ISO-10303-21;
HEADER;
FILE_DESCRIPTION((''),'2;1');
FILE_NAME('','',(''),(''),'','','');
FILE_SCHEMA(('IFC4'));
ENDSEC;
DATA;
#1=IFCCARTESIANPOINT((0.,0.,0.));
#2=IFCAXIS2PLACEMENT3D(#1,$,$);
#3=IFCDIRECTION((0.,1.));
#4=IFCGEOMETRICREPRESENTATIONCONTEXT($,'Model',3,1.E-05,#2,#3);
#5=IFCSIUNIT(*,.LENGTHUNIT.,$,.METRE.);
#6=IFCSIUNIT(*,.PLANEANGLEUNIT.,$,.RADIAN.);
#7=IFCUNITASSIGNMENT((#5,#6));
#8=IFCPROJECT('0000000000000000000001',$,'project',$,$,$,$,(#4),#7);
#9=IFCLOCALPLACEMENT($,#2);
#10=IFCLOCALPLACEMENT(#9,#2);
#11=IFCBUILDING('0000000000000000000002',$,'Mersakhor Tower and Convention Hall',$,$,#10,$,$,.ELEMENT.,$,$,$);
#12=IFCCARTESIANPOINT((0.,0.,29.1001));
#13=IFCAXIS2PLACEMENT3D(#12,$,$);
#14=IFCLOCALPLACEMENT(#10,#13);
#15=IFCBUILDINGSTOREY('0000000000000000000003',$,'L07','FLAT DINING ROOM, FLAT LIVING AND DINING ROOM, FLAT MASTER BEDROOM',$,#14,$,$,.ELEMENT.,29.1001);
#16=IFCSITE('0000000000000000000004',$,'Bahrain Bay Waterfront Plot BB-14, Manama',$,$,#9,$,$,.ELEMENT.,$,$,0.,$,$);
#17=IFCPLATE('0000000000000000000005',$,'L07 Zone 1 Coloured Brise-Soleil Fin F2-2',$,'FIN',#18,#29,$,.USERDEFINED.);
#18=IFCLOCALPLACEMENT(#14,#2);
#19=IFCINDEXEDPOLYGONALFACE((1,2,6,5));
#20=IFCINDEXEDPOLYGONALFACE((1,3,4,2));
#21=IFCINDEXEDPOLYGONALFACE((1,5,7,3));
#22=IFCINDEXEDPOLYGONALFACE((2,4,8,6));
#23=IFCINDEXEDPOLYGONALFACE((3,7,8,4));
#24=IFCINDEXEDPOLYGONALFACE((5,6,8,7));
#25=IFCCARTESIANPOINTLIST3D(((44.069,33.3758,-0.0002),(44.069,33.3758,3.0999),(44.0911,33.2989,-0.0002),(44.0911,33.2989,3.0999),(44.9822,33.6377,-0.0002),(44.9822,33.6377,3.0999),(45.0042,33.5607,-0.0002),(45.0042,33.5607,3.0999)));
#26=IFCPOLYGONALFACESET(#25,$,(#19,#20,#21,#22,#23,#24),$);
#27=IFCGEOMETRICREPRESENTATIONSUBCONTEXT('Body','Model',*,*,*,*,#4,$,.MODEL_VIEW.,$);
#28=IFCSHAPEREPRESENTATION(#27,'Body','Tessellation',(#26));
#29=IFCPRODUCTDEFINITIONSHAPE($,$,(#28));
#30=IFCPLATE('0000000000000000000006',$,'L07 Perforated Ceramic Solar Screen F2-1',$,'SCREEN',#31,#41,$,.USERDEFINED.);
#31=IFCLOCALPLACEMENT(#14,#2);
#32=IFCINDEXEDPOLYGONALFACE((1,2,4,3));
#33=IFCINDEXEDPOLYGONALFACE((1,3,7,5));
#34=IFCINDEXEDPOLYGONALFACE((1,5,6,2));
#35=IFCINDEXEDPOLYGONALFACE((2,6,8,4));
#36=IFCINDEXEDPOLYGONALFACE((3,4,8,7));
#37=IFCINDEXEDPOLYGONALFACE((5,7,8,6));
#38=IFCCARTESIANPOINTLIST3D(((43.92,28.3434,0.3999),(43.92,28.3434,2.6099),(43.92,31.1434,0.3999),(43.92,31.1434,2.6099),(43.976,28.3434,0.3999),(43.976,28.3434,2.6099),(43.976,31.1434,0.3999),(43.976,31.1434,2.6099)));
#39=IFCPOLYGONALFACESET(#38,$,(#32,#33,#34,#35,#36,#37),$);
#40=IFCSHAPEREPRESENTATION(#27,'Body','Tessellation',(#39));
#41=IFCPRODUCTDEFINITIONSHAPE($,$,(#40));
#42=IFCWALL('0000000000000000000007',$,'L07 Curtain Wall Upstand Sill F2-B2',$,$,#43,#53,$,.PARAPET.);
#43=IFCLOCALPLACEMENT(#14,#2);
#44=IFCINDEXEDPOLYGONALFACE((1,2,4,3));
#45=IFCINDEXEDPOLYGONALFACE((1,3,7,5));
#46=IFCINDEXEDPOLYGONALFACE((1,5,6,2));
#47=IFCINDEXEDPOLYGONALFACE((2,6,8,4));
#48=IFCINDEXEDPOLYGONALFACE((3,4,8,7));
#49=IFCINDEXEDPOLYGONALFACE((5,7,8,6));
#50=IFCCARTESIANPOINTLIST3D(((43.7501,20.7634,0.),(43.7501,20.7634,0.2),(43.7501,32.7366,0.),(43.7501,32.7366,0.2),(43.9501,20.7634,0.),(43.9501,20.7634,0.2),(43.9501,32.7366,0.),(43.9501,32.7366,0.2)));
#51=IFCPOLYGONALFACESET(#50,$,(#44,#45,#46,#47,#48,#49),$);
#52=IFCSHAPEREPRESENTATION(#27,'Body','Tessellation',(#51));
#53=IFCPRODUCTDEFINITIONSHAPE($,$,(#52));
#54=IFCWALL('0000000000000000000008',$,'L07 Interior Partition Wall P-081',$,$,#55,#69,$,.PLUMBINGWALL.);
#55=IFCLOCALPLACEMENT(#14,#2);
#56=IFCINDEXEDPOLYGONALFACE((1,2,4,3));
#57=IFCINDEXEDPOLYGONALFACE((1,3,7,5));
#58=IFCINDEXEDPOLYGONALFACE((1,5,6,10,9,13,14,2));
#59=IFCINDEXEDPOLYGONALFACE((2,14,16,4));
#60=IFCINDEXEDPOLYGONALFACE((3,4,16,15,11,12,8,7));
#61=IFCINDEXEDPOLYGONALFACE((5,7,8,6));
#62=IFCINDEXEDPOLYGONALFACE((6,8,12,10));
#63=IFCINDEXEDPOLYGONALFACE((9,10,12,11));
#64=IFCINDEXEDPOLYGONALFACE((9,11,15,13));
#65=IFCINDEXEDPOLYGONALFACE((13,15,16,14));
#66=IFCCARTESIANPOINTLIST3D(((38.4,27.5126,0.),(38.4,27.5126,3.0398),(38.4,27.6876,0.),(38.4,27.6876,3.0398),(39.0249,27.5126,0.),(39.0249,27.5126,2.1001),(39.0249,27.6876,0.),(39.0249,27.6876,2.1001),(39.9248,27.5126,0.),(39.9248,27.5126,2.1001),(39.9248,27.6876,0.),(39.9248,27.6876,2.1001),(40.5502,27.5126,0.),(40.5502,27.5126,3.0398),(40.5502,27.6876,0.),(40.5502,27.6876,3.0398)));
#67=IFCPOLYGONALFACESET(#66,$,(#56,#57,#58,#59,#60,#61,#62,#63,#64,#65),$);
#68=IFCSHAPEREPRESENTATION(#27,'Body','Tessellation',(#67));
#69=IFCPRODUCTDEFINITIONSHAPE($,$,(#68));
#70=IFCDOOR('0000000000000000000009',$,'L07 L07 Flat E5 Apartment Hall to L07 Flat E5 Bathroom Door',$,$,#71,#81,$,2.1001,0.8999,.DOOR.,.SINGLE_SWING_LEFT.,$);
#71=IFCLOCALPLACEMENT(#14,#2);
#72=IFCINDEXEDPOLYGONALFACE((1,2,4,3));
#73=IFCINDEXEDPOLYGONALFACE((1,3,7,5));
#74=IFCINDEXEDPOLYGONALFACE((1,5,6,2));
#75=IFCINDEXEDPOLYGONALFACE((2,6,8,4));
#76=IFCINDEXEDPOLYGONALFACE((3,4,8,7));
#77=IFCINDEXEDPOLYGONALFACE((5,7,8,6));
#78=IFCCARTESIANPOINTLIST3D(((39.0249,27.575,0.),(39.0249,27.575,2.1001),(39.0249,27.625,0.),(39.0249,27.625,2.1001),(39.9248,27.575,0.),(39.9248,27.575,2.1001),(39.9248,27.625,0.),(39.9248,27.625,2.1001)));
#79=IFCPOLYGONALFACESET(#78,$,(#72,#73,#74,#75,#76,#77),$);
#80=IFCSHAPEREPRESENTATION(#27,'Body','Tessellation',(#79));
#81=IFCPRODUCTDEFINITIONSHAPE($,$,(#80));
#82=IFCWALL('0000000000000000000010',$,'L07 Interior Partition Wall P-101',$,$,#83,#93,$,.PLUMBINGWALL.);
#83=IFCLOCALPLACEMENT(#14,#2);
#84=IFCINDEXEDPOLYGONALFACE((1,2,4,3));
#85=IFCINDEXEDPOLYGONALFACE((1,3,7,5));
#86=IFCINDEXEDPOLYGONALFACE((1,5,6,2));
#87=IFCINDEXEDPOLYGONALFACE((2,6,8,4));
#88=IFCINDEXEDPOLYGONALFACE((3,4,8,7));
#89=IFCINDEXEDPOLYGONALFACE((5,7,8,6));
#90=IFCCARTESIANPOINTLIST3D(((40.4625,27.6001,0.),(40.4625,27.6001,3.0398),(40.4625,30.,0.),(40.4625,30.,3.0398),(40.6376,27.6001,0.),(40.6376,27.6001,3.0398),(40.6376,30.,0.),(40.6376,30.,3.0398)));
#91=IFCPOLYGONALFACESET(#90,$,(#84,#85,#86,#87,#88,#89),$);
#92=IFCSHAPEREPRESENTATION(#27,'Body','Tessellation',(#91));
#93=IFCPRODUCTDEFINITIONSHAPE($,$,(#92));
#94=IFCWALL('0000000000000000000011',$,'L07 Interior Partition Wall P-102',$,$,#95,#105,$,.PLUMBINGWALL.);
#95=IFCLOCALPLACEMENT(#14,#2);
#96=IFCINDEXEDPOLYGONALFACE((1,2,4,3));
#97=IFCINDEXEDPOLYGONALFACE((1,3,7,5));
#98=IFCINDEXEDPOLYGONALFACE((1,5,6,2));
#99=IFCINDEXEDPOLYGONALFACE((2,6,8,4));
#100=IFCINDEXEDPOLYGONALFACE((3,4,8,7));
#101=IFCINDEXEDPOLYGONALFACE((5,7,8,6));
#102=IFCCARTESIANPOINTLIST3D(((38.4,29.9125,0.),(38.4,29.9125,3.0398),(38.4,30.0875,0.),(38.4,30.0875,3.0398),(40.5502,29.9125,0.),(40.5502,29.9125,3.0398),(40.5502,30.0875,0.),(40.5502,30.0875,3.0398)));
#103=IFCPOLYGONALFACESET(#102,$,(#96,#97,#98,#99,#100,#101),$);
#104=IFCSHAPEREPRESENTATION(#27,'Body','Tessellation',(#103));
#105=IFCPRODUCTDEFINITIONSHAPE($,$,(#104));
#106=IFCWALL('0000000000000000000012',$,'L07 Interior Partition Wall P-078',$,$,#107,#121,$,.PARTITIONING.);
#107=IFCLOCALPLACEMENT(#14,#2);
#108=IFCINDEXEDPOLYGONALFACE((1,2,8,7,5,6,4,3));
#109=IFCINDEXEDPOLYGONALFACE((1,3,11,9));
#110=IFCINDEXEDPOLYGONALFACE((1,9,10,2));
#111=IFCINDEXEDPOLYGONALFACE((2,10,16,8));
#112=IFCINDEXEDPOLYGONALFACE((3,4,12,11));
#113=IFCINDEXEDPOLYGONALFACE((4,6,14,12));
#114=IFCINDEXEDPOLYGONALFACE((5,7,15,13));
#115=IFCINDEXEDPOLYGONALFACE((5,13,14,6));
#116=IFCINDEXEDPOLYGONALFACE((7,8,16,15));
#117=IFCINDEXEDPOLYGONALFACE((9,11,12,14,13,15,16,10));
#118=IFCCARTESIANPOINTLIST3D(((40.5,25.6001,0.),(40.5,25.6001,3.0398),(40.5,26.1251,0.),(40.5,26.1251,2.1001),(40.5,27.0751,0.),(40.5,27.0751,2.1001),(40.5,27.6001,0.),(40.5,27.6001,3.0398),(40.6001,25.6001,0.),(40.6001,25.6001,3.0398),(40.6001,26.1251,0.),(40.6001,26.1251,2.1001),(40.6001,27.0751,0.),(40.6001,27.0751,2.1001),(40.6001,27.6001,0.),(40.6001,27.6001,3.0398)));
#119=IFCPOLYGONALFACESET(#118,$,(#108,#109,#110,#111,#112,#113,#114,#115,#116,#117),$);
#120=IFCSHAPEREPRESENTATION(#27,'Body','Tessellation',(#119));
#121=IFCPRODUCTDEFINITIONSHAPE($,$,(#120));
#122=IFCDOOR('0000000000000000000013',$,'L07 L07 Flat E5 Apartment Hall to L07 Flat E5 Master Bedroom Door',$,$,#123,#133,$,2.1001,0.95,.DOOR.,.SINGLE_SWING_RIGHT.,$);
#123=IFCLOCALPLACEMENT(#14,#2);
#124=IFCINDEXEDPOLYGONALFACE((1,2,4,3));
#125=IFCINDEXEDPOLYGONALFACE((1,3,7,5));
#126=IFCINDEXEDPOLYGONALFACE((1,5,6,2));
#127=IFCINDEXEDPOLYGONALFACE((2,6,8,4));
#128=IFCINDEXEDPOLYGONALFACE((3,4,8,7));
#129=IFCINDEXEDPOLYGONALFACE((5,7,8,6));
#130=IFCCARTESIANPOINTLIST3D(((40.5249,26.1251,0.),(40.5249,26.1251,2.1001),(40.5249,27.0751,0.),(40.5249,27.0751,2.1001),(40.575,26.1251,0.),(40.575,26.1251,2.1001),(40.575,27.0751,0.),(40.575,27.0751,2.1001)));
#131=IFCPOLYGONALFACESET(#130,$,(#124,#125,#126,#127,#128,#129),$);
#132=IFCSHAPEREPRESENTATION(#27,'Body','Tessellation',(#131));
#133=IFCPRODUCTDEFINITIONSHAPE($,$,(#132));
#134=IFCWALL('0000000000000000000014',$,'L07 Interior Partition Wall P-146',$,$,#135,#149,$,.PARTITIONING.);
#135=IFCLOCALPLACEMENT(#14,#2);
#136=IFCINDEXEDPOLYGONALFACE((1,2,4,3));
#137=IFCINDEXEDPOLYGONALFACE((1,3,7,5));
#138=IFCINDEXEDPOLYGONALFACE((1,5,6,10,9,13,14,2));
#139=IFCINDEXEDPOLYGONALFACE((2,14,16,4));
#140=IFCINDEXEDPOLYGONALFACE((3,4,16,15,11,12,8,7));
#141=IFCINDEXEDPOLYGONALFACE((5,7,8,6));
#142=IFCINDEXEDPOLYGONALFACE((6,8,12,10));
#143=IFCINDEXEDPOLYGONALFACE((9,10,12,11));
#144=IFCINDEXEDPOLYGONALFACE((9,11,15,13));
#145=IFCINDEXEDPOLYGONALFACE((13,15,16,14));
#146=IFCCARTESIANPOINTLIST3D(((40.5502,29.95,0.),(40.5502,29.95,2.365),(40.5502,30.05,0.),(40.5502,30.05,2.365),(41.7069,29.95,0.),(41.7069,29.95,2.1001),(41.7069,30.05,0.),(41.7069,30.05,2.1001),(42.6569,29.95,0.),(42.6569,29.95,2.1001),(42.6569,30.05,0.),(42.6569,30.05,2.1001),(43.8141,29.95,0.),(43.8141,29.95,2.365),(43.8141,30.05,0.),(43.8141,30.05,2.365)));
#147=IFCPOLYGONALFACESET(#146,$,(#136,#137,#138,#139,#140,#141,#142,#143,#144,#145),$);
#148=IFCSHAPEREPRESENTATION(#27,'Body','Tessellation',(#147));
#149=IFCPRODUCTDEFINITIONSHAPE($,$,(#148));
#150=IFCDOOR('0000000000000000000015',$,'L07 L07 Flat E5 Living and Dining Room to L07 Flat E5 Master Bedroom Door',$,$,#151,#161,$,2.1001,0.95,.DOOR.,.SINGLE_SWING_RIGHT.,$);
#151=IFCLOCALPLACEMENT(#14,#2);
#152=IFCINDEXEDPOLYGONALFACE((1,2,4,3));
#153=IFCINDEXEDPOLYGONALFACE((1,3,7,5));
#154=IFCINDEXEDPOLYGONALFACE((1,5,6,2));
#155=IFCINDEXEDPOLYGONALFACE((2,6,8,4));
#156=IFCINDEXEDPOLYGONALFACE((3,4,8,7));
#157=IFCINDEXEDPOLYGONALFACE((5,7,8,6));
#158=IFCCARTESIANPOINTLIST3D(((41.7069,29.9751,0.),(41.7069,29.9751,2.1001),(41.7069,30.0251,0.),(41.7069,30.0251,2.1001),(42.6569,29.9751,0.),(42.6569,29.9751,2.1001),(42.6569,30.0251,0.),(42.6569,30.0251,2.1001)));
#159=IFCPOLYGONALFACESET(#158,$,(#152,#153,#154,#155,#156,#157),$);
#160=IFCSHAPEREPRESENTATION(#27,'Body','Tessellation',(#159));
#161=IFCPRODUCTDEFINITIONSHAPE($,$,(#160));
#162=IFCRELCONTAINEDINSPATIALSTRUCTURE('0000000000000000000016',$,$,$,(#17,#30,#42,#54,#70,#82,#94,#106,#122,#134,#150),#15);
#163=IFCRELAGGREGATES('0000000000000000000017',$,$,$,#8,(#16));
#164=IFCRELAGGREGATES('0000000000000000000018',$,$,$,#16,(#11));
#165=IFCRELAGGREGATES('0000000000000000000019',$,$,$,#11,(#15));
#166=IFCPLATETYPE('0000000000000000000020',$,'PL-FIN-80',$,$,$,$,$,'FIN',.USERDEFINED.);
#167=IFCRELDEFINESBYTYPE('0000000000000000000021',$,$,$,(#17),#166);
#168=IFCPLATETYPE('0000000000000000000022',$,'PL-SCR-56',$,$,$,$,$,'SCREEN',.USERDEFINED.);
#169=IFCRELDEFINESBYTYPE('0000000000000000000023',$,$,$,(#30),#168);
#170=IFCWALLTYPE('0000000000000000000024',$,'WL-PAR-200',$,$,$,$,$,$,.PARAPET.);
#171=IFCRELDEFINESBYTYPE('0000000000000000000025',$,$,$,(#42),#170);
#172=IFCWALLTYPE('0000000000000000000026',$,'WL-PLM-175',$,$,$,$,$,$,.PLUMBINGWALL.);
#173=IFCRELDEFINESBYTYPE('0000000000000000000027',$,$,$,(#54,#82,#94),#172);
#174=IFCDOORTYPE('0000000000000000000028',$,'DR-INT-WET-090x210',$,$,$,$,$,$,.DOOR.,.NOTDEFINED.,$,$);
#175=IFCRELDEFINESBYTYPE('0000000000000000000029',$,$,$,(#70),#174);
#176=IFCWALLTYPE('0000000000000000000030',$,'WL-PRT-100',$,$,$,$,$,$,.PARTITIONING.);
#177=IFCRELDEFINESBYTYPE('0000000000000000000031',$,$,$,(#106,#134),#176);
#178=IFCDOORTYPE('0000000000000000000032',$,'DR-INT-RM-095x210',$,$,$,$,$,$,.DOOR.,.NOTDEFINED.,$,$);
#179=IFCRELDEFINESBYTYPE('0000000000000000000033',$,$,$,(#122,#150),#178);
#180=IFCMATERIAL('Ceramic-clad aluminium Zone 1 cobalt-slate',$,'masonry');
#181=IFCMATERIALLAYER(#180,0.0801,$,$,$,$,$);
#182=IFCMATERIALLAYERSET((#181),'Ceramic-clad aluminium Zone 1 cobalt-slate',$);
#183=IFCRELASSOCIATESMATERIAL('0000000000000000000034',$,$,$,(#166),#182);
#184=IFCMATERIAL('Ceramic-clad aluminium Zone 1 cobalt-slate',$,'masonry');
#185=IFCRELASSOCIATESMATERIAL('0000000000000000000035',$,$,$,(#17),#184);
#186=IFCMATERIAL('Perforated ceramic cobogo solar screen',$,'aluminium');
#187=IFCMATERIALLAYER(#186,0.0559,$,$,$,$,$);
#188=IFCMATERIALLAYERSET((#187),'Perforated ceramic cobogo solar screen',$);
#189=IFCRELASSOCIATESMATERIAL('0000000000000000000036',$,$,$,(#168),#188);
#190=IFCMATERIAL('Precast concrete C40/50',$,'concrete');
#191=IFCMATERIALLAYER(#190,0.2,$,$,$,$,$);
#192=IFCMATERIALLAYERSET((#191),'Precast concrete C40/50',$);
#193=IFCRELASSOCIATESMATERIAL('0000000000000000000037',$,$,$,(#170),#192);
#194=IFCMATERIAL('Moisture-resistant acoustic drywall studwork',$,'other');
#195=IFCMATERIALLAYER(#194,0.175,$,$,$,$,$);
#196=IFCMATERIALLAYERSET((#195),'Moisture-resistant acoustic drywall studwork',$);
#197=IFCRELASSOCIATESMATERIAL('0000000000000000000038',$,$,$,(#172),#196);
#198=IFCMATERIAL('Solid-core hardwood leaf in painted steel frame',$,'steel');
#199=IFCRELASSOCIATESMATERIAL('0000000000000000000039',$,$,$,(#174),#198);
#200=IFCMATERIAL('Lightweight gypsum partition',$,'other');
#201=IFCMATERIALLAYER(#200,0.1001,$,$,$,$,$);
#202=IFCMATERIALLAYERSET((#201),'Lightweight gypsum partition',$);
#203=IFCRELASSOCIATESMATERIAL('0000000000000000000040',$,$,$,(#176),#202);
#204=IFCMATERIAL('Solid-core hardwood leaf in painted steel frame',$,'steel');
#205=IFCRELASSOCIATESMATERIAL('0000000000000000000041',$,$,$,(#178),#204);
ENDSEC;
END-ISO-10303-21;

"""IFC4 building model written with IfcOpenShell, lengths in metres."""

from ifc_helpers import new_model, si_unit, direction, frame, frame_2d, origin, origin_2d, place, context, subcontext, project, spatial, rectangle, extrude, material, layer, layer_set, type_object, element, fill, save


model = new_model("IFC4")

# Units and contexts
model_context = context("Model", 3, precision=1e-05, world=origin(), true_north=direction((0.0, 1.0)))
body_context = subcontext(model_context, "Body", "Model", "MODEL_VIEW")
ifc_project = project(units=[si_unit("LENGTHUNIT", "METRE"), si_unit("PLANEANGLEUNIT", "RADIAN")], contexts=[model_context])

# Site, building, storey
site_placement = place(None, origin())
site = spatial("IfcSite", under=ifc_project, at=site_placement, Name="Bahrain Bay Waterfront Plot BB-14, Manama", CompositionType="ELEMENT", RefElevation=0.0)
building_placement = place(site_placement, origin())
building = spatial("IfcBuilding", under=site, at=building_placement, Name="Mersakhor Tower and Convention Hall", CompositionType="ELEMENT")
storey_placement = place(building_placement, frame((0.0, 0.0, 29.1001)))
storey = spatial("IfcBuildingStorey", under=building, at=storey_placement, Name="L07", Description="FLAT DINING ROOM, FLAT LIVING AND DINING ROOM, FLAT MASTER BEDROOM", CompositionType="ELEMENT", Elevation=29.1001)

# Plates
ifc_material_1 = material(Name="Ceramic-clad aluminium Zone 1 cobalt-slate", Category="masonry")
ifc_material_2 = material(Name="Ceramic-clad aluminium Zone 1 cobalt-slate", Category="masonry")
ifc_layer_1 = layer(ifc_material_2, 0.0801)
ifc_layer_set_1 = layer_set([ifc_layer_1], Name="Ceramic-clad aluminium Zone 1 cobalt-slate")
plate_type_1 = type_object("IfcPlateType", Name="PL-FIN-80", ElementType="FIN", PredefinedType="USERDEFINED", material=ifc_layer_set_1)
plate_1_placement = place(storey_placement, frame((44.5366, 33.4683, -0.0002), z_axis=(0.0, 0.0, 1.0), x_axis=(0.961262, 0.275637, 0.0)))
element("IfcPlate", 1, at=plate_1_placement, inside=storey, type_object=plate_type_1, material=ifc_material_1, Name="L07 Zone 1 Coloured Brise-Soleil Fin F2-2", ObjectType="FIN", PredefinedType="USERDEFINED", context=body_context, shape_type="SweptSolid", body=[
    extrude(rectangle(XDim=0.95, YDim=0.0801, at=origin_2d()), origin(), (0.0, 0.0, 1.0), 3.1001),
])
ifc_material_3 = material(Name="Perforated ceramic cobogo solar screen", Category="aluminium")
ifc_layer_2 = layer(ifc_material_3, 0.0559)
ifc_layer_set_2 = layer_set([ifc_layer_2], Name="Perforated ceramic cobogo solar screen")
plate_type_2 = type_object("IfcPlateType", Name="PL-SCR-56", ElementType="SCREEN", PredefinedType="USERDEFINED", material=ifc_layer_set_2)
plate_2_placement = place(storey_placement, frame((43.948, 29.7434, 0.3999), z_axis=(0.0, 0.0, 1.0), x_axis=(0.0, -1.0, 0.0)))
element("IfcPlate", 2, at=plate_2_placement, inside=storey, type_object=plate_type_2, Name="L07 Perforated Ceramic Solar Screen F2-1", ObjectType="SCREEN", PredefinedType="USERDEFINED", context=body_context, shape_type="SweptSolid", body=[
    extrude(rectangle(XDim=2.8, YDim=0.0559, at=origin_2d()), origin(), (0.0, 0.0, 1.0), 2.21),
])

# Wall
ifc_material_4 = material(Name="Precast concrete C40/50", Category="concrete")
ifc_layer_3 = layer(ifc_material_4, 0.2)
ifc_layer_set_3 = layer_set([ifc_layer_3], Name="Precast concrete C40/50")
wall_type_1 = type_object("IfcWallType", Name="WL-PAR-200", PredefinedType="PARAPET", material=ifc_layer_set_3)
wall_1_placement = place(storey_placement, frame((43.8501, 32.7366, 0.0), z_axis=(0.0, 0.0, 1.0), x_axis=(0.0, -1.0, 0.0)))
element("IfcWall", 3, at=wall_1_placement, inside=storey, type_object=wall_type_1, Name="L07 Curtain Wall Upstand Sill F2-B2", PredefinedType="PARAPET", context=body_context, shape_type="SweptSolid", body=[
    extrude(rectangle(XDim=11.9731, YDim=0.2, at=frame_2d((5.9866, 0.0))), origin(), (0.0, 0.0, 1.0), 0.2),
])

# Wall, opening, door
ifc_material_5 = material(Name="Moisture-resistant acoustic drywall studwork", Category="other")
ifc_layer_4 = layer(ifc_material_5, 0.175)
ifc_layer_set_4 = layer_set([ifc_layer_4], Name="Moisture-resistant acoustic drywall studwork")
wall_type_2 = type_object("IfcWallType", Name="WL-PLM-175", PredefinedType="PLUMBINGWALL", material=ifc_layer_set_4)
wall_2_placement = place(storey_placement, frame((38.3999, 27.6001, 0.0), z_axis=(0.0, 0.0, 1.0), x_axis=(1.0, 0.0, 0.0)))
wall_2 = element("IfcWall", 4, at=wall_2_placement, inside=storey, type_object=wall_type_2, Name="L07 Interior Partition Wall P-081", PredefinedType="PLUMBINGWALL", context=body_context, shape_type="SweptSolid", body=[
    extrude(rectangle(XDim=2.1501, YDim=0.175, at=frame_2d((1.0752, 0.0))), origin(), (0.0, 0.0, 1.0), 3.0398),
])
opening_1_placement = place(wall_2_placement, frame((0.625, 0.0, 0.0)))
opening_1 = element("IfcOpeningElement", 5, at=opening_1_placement, cuts=wall_2, PredefinedType="OPENING", context=body_context, shape_type="SweptSolid", body=[
    extrude(rectangle(XDim=0.8999, YDim=2.1001, at=frame_2d((0.45, 1.05))), frame((0.0, 0.0974, 0.0), z_axis=(0.0, -1.0, 0.0), x_axis=(1.0, 0.0, 0.0)), (0.0, 0.0, 1.0), 0.1951),
])
ifc_material_6 = material(Name="Solid-core hardwood leaf in painted steel frame", Category="steel")
door_type_1 = type_object("IfcDoorType", Name="DR-INT-WET-090x210", OperationType="NOTDEFINED", PredefinedType="DOOR", material=ifc_material_6)
door_1_placement = place(opening_1_placement, origin())
door_1 = element("IfcDoor", 6, at=door_1_placement, inside=storey, type_object=door_type_1, Name="L07 L07 Flat E5 Apartment Hall to L07 Flat E5 Bathroom Door", OperationType="SINGLE_SWING_LEFT", OverallHeight=2.1001, OverallWidth=0.8999, PredefinedType="DOOR", context=body_context, shape_type="SweptSolid", body=[
    extrude(rectangle(XDim=0.8999, YDim=2.1001, at=frame_2d((0.45, 1.05))), frame((0.0, 0.0249, 0.0), z_axis=(0.0, -1.0, 0.0), x_axis=(1.0, 0.0, 0.0)), (0.0, 0.0, 1.0), 0.05),
])
fill(opening_1, door_1)

# Walls
wall_3_placement = place(storey_placement, frame((40.55, 30.0, 0.0), z_axis=(0.0, 0.0, 1.0), x_axis=(0.0, -1.0, 0.0)))
element("IfcWall", 7, at=wall_3_placement, inside=storey, type_object=wall_type_2, Name="L07 Interior Partition Wall P-101", PredefinedType="PLUMBINGWALL", context=body_context, shape_type="SweptSolid", body=[
    extrude(rectangle(XDim=2.3999, YDim=0.175, at=frame_2d((1.2, 0.0))), origin(), (0.0, 0.0, 1.0), 3.0398),
])
wall_4_placement = place(storey_placement, frame((38.3999, 30.0, 0.0), z_axis=(0.0, 0.0, 1.0), x_axis=(1.0, 0.0, 0.0)))
element("IfcWall", 8, at=wall_4_placement, inside=storey, type_object=wall_type_2, Name="L07 Interior Partition Wall P-102", PredefinedType="PLUMBINGWALL", context=body_context, shape_type="SweptSolid", body=[
    extrude(rectangle(XDim=2.1501, YDim=0.175, at=frame_2d((1.0752, 0.0))), origin(), (0.0, 0.0, 1.0), 3.0398),
])

# Walls, openings, doors
ifc_material_7 = material(Name="Lightweight gypsum partition", Category="other")
ifc_layer_5 = layer(ifc_material_7, 0.1001)
ifc_layer_set_5 = layer_set([ifc_layer_5], Name="Lightweight gypsum partition")
wall_type_3 = type_object("IfcWallType", Name="WL-PRT-100", PredefinedType="PARTITIONING", material=ifc_layer_set_5)
wall_5_placement = place(storey_placement, frame((40.55, 27.6001, 0.0), z_axis=(0.0, 0.0, 1.0), x_axis=(0.0, -1.0, 0.0)))
wall_5 = element("IfcWall", 9, at=wall_5_placement, inside=storey, type_object=wall_type_3, Name="L07 Interior Partition Wall P-078", PredefinedType="PARTITIONING", context=body_context, shape_type="SweptSolid", body=[
    extrude(rectangle(XDim=2.0, YDim=0.1001, at=frame_2d((1.0, 0.0))), origin(), (0.0, 0.0, 1.0), 3.0398),
])
opening_2_placement = place(wall_5_placement, frame((0.5249, 0.0, 0.0)))
opening_2 = element("IfcOpeningElement", 10, at=opening_2_placement, cuts=wall_5, PredefinedType="OPENING", context=body_context, shape_type="SweptSolid", body=[
    extrude(rectangle(XDim=0.95, YDim=2.1001, at=frame_2d((0.4751, 1.05))), frame((0.0, 0.0601, 0.0), z_axis=(0.0, -1.0, 0.0), x_axis=(1.0, 0.0, 0.0)), (0.0, 0.0, 1.0), 0.1201),
])
ifc_material_8 = material(Name="Solid-core hardwood leaf in painted steel frame", Category="steel")
door_type_2 = type_object("IfcDoorType", Name="DR-INT-RM-095x210", OperationType="NOTDEFINED", PredefinedType="DOOR", material=ifc_material_8)
door_2_placement = place(opening_2_placement, origin())
door_2 = element("IfcDoor", 11, at=door_2_placement, inside=storey, type_object=door_type_2, Name="L07 L07 Flat E5 Apartment Hall to L07 Flat E5 Master Bedroom Door", OperationType="SINGLE_SWING_RIGHT", OverallHeight=2.1001, OverallWidth=0.95, PredefinedType="DOOR", context=body_context, shape_type="SweptSolid", body=[
    extrude(rectangle(XDim=0.95, YDim=2.1001, at=frame_2d((0.4751, 1.05))), frame((0.0, 0.0249, 0.0), z_axis=(0.0, -1.0, 0.0), x_axis=(1.0, 0.0, 0.0)), (0.0, 0.0, 1.0), 0.05),
])
fill(opening_2, door_2)
wall_6_placement = place(storey_placement, frame((43.814, 30.0, 0.0), z_axis=(0.0, 0.0, 1.0), x_axis=(-1.0, 0.0, 0.0)))
wall_6 = element("IfcWall", 12, at=wall_6_placement, inside=storey, type_object=wall_type_3, Name="L07 Interior Partition Wall P-146", PredefinedType="PARTITIONING", context=body_context, shape_type="SweptSolid", body=[
    extrude(rectangle(XDim=3.2639, YDim=0.1001, at=frame_2d((1.6318, 0.0))), origin(), (0.0, 0.0, 1.0), 2.365),
])
opening_3_placement = place(wall_6_placement, frame((1.157, 0.0, 0.0)))
opening_3 = element("IfcOpeningElement", 13, at=opening_3_placement, cuts=wall_6, PredefinedType="OPENING", context=body_context, shape_type="SweptSolid", body=[
    extrude(rectangle(XDim=0.95, YDim=2.1001, at=frame_2d((0.4751, 1.05))), frame((0.0, 0.0601, 0.0), z_axis=(0.0, -1.0, 0.0), x_axis=(1.0, 0.0, 0.0)), (0.0, 0.0, 1.0), 0.1201),
])
door_3_placement = place(opening_3_placement, origin())
door_3 = element("IfcDoor", 14, at=door_3_placement, inside=storey, type_object=door_type_2, Name="L07 L07 Flat E5 Living and Dining Room to L07 Flat E5 Master Bedroom Door", OperationType="SINGLE_SWING_RIGHT", OverallHeight=2.1001, OverallWidth=0.95, PredefinedType="DOOR", context=body_context, shape_type="SweptSolid", body=[
    extrude(rectangle(XDim=0.95, YDim=2.1001, at=frame_2d((0.4751, 1.05))), frame((0.0, 0.0249, 0.0), z_axis=(0.0, -1.0, 0.0), x_axis=(1.0, 0.0, 0.0)), (0.0, 0.0, 1.0), 0.05),
])
fill(opening_3, door_3)

save(model, "model.ifc")
